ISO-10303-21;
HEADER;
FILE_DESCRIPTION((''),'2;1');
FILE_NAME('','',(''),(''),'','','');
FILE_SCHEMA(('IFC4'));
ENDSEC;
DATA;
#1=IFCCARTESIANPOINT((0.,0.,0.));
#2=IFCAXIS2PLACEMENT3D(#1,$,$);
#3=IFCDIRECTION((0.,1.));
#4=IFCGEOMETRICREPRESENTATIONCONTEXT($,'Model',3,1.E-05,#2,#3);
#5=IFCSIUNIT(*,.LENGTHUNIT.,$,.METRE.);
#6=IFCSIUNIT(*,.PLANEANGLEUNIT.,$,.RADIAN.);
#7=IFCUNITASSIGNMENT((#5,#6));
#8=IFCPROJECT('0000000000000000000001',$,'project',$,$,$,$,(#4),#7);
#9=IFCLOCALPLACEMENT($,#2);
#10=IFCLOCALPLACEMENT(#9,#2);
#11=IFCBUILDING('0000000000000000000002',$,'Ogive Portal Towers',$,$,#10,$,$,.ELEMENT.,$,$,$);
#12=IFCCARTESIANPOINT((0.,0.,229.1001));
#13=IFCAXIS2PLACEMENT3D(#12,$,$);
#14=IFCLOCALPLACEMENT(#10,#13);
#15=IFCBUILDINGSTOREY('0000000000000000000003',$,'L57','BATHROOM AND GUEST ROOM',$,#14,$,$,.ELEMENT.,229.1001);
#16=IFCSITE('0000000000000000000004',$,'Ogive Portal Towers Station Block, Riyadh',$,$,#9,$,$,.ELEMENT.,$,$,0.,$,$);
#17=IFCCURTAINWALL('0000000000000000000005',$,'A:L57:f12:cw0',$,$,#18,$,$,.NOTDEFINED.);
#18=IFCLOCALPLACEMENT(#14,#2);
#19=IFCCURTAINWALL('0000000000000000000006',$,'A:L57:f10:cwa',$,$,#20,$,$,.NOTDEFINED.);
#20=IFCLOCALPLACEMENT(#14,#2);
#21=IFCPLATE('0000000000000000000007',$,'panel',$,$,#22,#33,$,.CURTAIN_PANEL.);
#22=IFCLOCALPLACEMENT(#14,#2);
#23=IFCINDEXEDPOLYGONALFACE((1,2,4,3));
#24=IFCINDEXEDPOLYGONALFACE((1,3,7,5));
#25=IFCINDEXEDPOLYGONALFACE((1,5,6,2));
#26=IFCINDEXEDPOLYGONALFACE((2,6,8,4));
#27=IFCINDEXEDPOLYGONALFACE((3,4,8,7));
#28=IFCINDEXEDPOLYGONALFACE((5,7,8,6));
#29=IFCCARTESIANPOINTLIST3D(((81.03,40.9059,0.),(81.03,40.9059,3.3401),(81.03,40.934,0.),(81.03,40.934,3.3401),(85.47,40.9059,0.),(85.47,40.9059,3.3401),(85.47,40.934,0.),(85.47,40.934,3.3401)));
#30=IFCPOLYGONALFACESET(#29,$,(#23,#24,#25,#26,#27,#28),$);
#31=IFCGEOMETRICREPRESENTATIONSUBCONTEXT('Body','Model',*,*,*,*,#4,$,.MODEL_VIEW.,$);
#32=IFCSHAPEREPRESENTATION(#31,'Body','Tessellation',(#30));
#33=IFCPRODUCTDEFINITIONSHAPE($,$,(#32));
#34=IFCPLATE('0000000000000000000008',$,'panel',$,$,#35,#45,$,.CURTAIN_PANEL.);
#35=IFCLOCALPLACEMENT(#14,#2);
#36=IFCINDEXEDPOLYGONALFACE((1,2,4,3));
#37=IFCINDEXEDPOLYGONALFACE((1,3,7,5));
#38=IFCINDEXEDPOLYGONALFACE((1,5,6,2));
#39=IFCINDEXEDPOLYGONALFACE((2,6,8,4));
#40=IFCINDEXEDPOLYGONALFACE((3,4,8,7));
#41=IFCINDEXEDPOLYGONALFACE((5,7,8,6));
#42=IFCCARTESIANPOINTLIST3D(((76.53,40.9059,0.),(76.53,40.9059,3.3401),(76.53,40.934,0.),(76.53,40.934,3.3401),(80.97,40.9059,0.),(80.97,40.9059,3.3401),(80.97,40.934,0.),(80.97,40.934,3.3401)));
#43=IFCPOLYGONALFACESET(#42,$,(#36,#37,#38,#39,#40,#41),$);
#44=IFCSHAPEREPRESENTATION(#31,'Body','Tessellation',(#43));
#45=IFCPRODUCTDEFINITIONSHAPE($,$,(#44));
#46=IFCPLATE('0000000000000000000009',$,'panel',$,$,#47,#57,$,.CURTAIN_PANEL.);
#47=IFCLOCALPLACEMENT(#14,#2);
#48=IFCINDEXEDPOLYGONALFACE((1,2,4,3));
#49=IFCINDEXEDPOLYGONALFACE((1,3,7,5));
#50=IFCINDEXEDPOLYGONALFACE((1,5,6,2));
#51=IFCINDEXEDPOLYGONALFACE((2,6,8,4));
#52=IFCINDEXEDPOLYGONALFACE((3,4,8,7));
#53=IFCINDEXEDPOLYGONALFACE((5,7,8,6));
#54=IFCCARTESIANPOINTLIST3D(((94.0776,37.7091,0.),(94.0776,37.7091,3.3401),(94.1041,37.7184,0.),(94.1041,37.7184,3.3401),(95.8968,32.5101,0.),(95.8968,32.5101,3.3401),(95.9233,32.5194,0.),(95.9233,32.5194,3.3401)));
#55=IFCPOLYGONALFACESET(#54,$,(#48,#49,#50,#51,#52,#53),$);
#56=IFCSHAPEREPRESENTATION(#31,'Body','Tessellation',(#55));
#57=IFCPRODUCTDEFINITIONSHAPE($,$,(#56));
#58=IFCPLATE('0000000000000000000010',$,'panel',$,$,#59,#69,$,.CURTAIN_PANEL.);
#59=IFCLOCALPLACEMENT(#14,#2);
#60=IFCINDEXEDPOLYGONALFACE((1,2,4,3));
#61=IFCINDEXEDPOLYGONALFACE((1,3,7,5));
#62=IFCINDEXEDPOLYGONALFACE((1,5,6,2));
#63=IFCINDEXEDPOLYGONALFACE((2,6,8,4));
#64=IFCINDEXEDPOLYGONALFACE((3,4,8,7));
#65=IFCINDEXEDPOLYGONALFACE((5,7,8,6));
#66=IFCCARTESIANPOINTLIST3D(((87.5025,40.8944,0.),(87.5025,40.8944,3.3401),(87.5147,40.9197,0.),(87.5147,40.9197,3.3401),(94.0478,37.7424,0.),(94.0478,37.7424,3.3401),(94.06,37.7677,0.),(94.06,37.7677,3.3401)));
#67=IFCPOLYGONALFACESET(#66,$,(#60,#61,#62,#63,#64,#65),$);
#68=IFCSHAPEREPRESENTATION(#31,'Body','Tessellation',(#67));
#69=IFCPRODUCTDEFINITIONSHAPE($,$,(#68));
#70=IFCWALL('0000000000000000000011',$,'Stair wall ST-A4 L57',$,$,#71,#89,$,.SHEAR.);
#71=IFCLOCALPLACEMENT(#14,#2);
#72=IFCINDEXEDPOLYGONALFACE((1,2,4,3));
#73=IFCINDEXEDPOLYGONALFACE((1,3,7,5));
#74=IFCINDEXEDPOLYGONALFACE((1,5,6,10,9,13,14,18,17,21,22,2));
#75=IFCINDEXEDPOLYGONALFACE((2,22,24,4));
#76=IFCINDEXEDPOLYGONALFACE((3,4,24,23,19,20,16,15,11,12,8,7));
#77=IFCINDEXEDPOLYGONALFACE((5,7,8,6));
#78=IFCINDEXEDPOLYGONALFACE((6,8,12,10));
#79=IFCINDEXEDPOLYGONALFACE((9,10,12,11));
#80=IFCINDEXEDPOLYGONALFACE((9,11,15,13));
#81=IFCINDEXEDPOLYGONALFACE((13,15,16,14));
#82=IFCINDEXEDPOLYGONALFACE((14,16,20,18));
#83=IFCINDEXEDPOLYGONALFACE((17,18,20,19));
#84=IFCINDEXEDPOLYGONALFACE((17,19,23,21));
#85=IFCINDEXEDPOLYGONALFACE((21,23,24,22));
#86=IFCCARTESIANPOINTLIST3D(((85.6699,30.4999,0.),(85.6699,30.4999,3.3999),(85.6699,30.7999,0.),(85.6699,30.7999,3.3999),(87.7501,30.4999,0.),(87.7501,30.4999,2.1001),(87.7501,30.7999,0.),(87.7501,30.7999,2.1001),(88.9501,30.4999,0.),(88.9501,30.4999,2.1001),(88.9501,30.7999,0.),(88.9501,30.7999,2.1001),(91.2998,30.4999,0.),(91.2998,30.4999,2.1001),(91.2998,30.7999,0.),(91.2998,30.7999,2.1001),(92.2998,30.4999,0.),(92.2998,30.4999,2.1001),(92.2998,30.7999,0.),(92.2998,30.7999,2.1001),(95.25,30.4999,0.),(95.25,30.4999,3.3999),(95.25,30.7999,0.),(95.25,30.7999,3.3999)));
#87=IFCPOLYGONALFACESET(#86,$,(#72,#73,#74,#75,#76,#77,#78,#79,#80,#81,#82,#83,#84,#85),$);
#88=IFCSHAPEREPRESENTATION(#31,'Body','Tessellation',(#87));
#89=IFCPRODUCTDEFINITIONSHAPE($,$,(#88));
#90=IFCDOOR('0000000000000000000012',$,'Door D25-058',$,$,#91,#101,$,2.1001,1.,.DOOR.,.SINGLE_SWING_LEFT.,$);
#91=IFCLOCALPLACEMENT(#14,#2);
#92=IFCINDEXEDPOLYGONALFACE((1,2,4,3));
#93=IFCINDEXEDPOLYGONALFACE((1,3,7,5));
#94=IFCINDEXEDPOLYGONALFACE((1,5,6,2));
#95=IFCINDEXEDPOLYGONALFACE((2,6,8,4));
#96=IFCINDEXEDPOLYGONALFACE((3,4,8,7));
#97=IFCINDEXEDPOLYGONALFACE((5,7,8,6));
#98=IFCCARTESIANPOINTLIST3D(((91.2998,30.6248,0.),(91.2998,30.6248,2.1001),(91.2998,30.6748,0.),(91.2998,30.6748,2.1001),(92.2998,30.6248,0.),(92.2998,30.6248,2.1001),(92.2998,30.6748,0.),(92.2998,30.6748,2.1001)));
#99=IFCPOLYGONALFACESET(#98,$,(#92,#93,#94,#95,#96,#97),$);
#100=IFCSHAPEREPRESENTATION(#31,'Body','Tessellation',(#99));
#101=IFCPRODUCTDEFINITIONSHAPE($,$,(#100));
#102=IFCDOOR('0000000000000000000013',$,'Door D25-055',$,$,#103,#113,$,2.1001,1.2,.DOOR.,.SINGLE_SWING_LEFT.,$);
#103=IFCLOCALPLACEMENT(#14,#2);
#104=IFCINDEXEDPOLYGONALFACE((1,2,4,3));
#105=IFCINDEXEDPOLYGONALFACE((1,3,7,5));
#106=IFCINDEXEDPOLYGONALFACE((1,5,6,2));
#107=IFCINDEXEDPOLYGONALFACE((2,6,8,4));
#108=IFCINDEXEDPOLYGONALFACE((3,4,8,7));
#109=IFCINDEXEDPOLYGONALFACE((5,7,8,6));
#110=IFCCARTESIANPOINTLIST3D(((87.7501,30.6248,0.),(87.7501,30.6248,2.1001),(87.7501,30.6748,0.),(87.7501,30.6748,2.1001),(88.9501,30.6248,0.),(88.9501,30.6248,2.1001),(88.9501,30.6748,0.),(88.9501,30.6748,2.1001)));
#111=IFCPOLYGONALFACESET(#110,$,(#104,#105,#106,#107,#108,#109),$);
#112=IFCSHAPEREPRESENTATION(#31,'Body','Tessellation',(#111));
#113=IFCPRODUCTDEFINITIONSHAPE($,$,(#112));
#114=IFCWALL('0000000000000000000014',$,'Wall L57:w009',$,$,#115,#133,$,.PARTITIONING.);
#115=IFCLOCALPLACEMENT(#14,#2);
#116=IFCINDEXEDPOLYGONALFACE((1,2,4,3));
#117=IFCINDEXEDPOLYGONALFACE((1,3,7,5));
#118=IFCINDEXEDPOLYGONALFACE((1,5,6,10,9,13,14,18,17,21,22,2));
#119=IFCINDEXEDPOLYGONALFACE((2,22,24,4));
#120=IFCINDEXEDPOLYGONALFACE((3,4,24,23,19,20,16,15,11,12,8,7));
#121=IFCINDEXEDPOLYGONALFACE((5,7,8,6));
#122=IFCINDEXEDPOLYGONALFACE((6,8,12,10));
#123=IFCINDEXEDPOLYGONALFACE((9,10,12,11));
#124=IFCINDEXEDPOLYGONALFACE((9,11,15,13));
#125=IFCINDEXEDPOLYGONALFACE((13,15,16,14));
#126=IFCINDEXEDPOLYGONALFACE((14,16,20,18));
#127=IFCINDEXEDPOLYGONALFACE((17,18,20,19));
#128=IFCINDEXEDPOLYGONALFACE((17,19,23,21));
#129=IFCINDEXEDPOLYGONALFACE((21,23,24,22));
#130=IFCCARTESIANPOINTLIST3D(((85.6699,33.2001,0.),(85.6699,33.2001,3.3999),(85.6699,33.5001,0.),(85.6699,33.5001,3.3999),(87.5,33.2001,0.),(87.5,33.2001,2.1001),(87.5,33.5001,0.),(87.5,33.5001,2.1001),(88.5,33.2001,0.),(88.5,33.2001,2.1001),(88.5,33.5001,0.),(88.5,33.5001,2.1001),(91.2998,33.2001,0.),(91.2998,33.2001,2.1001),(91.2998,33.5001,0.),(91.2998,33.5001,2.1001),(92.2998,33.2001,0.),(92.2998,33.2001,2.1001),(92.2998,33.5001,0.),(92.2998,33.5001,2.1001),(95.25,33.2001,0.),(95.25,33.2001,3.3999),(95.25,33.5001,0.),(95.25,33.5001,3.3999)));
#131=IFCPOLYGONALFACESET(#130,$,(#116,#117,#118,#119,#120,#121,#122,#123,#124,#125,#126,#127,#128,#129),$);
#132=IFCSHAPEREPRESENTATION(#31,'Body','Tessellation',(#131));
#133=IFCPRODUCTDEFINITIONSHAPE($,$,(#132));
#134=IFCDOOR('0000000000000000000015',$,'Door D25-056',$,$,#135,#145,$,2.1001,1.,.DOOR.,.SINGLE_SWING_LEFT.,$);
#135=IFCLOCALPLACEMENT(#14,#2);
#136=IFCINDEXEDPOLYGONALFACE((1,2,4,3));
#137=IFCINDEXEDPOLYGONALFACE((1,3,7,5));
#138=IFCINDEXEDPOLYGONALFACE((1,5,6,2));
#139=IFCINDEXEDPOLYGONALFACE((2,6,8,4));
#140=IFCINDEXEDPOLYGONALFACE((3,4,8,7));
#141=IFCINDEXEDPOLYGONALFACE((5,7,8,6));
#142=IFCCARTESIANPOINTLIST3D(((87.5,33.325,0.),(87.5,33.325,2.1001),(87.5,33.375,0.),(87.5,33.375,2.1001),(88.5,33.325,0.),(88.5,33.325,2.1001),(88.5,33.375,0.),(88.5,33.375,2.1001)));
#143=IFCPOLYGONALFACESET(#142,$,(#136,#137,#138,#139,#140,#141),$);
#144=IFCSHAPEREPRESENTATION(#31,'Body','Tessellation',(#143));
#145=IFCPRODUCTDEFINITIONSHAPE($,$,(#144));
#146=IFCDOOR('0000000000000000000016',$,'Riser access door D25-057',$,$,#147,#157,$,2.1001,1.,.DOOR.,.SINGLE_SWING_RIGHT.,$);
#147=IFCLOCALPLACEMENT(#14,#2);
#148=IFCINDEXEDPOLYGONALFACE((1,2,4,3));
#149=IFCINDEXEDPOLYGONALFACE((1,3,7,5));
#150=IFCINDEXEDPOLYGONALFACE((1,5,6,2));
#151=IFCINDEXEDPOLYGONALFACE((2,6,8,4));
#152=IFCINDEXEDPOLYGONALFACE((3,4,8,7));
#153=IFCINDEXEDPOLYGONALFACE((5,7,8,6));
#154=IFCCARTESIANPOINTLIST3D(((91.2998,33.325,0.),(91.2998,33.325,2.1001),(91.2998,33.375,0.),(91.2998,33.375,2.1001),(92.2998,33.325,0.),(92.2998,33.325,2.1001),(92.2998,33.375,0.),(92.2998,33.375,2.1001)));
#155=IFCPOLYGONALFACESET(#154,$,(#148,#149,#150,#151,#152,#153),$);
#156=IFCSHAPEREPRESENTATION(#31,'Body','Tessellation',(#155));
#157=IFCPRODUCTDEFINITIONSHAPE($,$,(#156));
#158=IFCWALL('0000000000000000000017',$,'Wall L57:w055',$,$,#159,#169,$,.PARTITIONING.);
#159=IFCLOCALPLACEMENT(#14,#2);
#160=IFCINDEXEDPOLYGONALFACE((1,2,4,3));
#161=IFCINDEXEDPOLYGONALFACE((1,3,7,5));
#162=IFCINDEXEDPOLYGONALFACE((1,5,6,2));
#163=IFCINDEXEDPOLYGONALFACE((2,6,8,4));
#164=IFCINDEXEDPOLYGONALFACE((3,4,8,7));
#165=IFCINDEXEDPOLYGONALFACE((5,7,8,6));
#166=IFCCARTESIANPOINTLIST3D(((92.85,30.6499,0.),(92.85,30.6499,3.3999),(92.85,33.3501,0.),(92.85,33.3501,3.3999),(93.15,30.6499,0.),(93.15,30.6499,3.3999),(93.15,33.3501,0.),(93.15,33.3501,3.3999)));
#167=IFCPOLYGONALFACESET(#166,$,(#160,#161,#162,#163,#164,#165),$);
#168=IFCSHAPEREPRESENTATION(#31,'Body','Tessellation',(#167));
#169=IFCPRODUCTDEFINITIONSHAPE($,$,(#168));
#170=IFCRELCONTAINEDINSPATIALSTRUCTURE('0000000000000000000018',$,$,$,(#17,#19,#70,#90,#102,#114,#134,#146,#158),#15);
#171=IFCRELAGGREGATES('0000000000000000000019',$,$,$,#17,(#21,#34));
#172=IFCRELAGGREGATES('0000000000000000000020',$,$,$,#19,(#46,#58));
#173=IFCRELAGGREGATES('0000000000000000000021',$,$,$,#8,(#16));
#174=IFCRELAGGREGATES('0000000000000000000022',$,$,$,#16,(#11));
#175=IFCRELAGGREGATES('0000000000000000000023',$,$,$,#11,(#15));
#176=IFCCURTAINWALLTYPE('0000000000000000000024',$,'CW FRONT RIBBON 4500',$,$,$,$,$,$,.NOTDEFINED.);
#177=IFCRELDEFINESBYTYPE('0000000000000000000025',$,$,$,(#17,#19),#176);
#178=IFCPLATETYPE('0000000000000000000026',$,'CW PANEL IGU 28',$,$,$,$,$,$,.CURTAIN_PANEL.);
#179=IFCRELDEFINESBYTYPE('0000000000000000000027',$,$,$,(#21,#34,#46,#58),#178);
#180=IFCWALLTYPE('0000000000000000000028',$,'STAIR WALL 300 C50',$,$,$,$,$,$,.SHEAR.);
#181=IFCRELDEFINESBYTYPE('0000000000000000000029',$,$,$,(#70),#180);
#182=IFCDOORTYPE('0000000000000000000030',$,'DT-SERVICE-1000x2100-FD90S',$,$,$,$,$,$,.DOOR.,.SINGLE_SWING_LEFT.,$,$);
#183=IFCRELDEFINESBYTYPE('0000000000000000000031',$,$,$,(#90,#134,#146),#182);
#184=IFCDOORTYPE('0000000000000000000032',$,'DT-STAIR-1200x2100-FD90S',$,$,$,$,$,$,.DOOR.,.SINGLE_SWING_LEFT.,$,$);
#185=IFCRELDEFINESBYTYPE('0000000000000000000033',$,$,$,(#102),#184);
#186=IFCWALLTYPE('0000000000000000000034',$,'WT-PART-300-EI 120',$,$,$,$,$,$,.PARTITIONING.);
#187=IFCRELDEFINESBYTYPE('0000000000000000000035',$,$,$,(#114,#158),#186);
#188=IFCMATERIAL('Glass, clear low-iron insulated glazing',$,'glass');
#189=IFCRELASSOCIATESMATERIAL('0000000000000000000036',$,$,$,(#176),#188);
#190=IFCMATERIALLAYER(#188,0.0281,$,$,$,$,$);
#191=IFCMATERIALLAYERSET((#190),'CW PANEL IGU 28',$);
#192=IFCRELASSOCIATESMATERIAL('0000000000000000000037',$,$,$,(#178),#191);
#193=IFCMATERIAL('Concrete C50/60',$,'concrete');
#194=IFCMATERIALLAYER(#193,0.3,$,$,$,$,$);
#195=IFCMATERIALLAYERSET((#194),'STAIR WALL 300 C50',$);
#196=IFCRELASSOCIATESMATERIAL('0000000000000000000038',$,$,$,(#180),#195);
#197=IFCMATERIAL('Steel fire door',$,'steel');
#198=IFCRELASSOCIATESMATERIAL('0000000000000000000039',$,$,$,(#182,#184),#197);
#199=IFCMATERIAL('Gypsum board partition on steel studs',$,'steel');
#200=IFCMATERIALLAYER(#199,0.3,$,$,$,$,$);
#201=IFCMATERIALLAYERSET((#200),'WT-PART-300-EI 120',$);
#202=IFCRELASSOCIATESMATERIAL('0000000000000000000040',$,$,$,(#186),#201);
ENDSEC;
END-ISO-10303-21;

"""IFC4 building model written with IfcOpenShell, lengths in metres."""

from ifc_helpers import new_model, si_unit, direction, frame, frame_2d, origin, origin_2d, place, context, subcontext, project, spatial, rectangle, extrude, material, layer, layer_set, type_object, element, fill, aggregate, save


model = new_model("IFC4")

# Units and contexts
model_context = context("Model", 3, precision=1e-05, world=origin(), true_north=direction((0.0, 1.0)))
body_context = subcontext(model_context, "Body", "Model", "MODEL_VIEW")
ifc_project = project(units=[si_unit("LENGTHUNIT", "METRE"), si_unit("PLANEANGLEUNIT", "RADIAN")], contexts=[model_context])

# Site, building, storey
site_placement = place(None, origin())
site = spatial("IfcSite", under=ifc_project, at=site_placement, Name="Ogive Portal Towers Station Block, Riyadh", CompositionType="ELEMENT", RefElevation=0.0)
building_placement = place(site_placement, origin())
building = spatial("IfcBuilding", under=site, at=building_placement, Name="Ogive Portal Towers", CompositionType="ELEMENT")
storey_placement = place(building_placement, frame((0.0, 0.0, 229.1001)))
storey = spatial("IfcBuildingStorey", under=building, at=storey_placement, Name="L57", Description="BATHROOM AND GUEST ROOM", CompositionType="ELEMENT", Elevation=229.1001)

# Curtain wall
ifc_material_1 = material(Name="Glass, clear low-iron insulated glazing", Category="glass")
curtain_wall_type = type_object("IfcCurtainWallType", Name="CW FRONT RIBBON 4500", PredefinedType="NOTDEFINED", material=ifc_material_1)
curtain_wall_1_placement = place(storey_placement, origin())
curtain_wall_1 = element("IfcCurtainWall", 1, at=curtain_wall_1_placement, inside=storey, type_object=curtain_wall_type, Name="A:L57:f12:cw0", PredefinedType="NOTDEFINED")

# Curtain wall
curtain_wall_2_placement = place(storey_placement, origin())
curtain_wall_2 = element("IfcCurtainWall", 2, at=curtain_wall_2_placement, inside=storey, type_object=curtain_wall_type, Name="A:L57:f10:cwa", PredefinedType="NOTDEFINED")

# Plates
ifc_layer_1 = layer(ifc_material_1, 0.0281)
ifc_layer_set_1 = layer_set([ifc_layer_1], Name="CW PANEL IGU 28")
plate_type = type_object("IfcPlateType", Name="CW PANEL IGU 28", PredefinedType="CURTAIN_PANEL", material=ifc_layer_set_1)
plate_1_placement = place(storey_placement, frame((83.25, 40.9199, 0.0), z_axis=(0.0, 0.0, 1.0), x_axis=(-1.0, 0.0, 0.0)))
plate_1 = element("IfcPlate", 3, at=plate_1_placement, type_object=plate_type, Name="panel", PredefinedType="CURTAIN_PANEL", context=body_context, shape_type="SweptSolid", body=[
    extrude(rectangle(XDim=4.4399, YDim=0.0281, at=origin_2d()), origin(), (0.0, 0.0, 1.0), 3.3401),
])
plate_2_placement = place(storey_placement, frame((78.75, 40.9199, 0.0), z_axis=(0.0, 0.0, 1.0), x_axis=(-1.0, 0.0, 0.0)))
plate_2 = element("IfcPlate", 4, at=plate_2_placement, type_object=plate_type, Name="panel", PredefinedType="CURTAIN_PANEL", context=body_context, shape_type="SweptSolid", body=[
    extrude(rectangle(XDim=4.4399, YDim=0.0281, at=origin_2d()), origin(), (0.0, 0.0, 1.0), 3.3401),
])
aggregate(curtain_wall_1, [plate_1, plate_2])
plate_3_placement = place(storey_placement, frame((95.0005, 35.1143, 0.0), z_axis=(0.0, 0.0, 1.0), x_axis=(-0.330279, 0.943883, 0.0)))
plate_3 = element("IfcPlate", 5, at=plate_3_placement, type_object=plate_type, Name="panel", PredefinedType="CURTAIN_PANEL", context=body_context, shape_type="SweptSolid", body=[
    extrude(rectangle(XDim=5.5081, YDim=0.0281, at=origin_2d()), origin(), (0.0, 0.0, 1.0), 3.3401),
])
plate_4_placement = place(storey_placement, frame((90.7812, 39.3311, 0.0), z_axis=(0.0, 0.0, 1.0), x_axis=(-0.900969, 0.433884, 0.0)))
plate_4 = element("IfcPlate", 6, at=plate_4_placement, type_object=plate_type, Name="panel", PredefinedType="CURTAIN_PANEL", context=body_context, shape_type="SweptSolid", body=[
    extrude(rectangle(XDim=7.2646, YDim=0.0281, at=origin_2d()), origin(), (0.0, 0.0, 1.0), 3.3401),
])
aggregate(curtain_wall_2, [plate_3, plate_4])

# Walls, openings, doors
ifc_material_2 = material(Name="Concrete C50/60", Category="concrete")
ifc_layer_2 = layer(ifc_material_2, 0.3)
ifc_layer_set_2 = layer_set([ifc_layer_2], Name="STAIR WALL 300 C50")
wall_type_1 = type_object("IfcWallType", Name="STAIR WALL 300 C50", PredefinedType="SHEAR", material=ifc_layer_set_2)
wall_1_placement = place(storey_placement, frame((85.6699, 30.6499, 0.0), z_axis=(0.0, 0.0, 1.0), x_axis=(1.0, 0.0, 0.0)))
wall_1 = element("IfcWall", 7, at=wall_1_placement, inside=storey, type_object=wall_type_1, Name="Stair wall ST-A4 L57", PredefinedType="SHEAR", context=body_context, shape_type="SweptSolid", body=[
    extrude(rectangle(XDim=9.5801, YDim=0.3, at=frame_2d((4.79, 0.0))), origin(), (0.0, 0.0, 1.0), 3.3999),
])
opening_1_placement = place(wall_1_placement, frame((2.0801, 0.0, 0.0)))
opening_1 = element("IfcOpeningElement", 8, at=opening_1_placement, cuts=wall_1, PredefinedType="OPENING", context=body_context, shape_type="SweptSolid", body=[
    extrude(rectangle(XDim=1.2, YDim=2.1001, at=frame_2d((0.6001, 1.05))), frame((0.0, 0.1602, 0.0), z_axis=(0.0, -1.0, 0.0), x_axis=(1.0, 0.0, 0.0)), (0.0, 0.0, 1.0), 0.3201),
])
opening_2_placement = place(wall_1_placement, frame((5.6299, 0.0, 0.0)))
opening_2 = element("IfcOpeningElement", 9, at=opening_2_placement, cuts=wall_1, PredefinedType="OPENING", context=body_context, shape_type="SweptSolid", body=[
    extrude(rectangle(XDim=1.0, YDim=2.1001, at=frame_2d((0.5, 1.05))), frame((0.0, 0.1602, 0.0), z_axis=(0.0, -1.0, 0.0), x_axis=(1.0, 0.0, 0.0)), (0.0, 0.0, 1.0), 0.3201),
])
ifc_material_3 = material(Name="Steel fire door", Category="steel")
door_type_1 = type_object("IfcDoorType", Name="DT-SERVICE-1000x2100-FD90S", OperationType="SINGLE_SWING_LEFT", PredefinedType="DOOR", material=ifc_material_3)
door_1_placement = place(opening_2_placement, origin())
door_1 = element("IfcDoor", 10, at=door_1_placement, inside=storey, type_object=door_type_1, Name="Door D25-058", OperationType="SINGLE_SWING_LEFT", OverallHeight=2.1001, OverallWidth=1.0, PredefinedType="DOOR", context=body_context, shape_type="SweptSolid", body=[
    extrude(rectangle(XDim=1.0, YDim=2.1001, at=frame_2d((0.5, 1.05))), frame((0.0, 0.0249, 0.0), z_axis=(0.0, -1.0, 0.0), x_axis=(1.0, 0.0, 0.0)), (0.0, 0.0, 1.0), 0.05),
])
fill(opening_2, door_1)
door_type_2 = type_object("IfcDoorType", Name="DT-STAIR-1200x2100-FD90S", OperationType="SINGLE_SWING_LEFT", PredefinedType="DOOR", material=ifc_material_3)
door_2_placement = place(opening_1_placement, origin())
door_2 = element("IfcDoor", 11, at=door_2_placement, inside=storey, type_object=door_type_2, Name="Door D25-055", OperationType="SINGLE_SWING_LEFT", OverallHeight=2.1001, OverallWidth=1.2, PredefinedType="DOOR", context=body_context, shape_type="SweptSolid", body=[
    extrude(rectangle(XDim=1.2, YDim=2.1001, at=frame_2d((0.6001, 1.05))), frame((0.0, 0.0249, 0.0), z_axis=(0.0, -1.0, 0.0), x_axis=(1.0, 0.0, 0.0)), (0.0, 0.0, 1.0), 0.05),
])
fill(opening_1, door_2)
ifc_material_4 = material(Name="Gypsum board partition on steel studs", Category="steel")
ifc_layer_3 = layer(ifc_material_4, 0.3)
ifc_layer_set_3 = layer_set([ifc_layer_3], Name="WT-PART-300-EI 120")
wall_type_2 = type_object("IfcWallType", Name="WT-PART-300-EI 120", PredefinedType="PARTITIONING", material=ifc_layer_set_3)
wall_2_placement = place(storey_placement, frame((85.6699, 33.3501, 0.0), z_axis=(0.0, 0.0, 1.0), x_axis=(1.0, 0.0, 0.0)))
wall_2 = element("IfcWall", 12, at=wall_2_placement, inside=storey, type_object=wall_type_2, Name="Wall L57:w009", PredefinedType="PARTITIONING", context=body_context, shape_type="SweptSolid", body=[
    extrude(rectangle(XDim=9.5801, YDim=0.3, at=frame_2d((4.79, 0.0))), origin(), (0.0, 0.0, 1.0), 3.3999),
])
opening_3_placement = place(wall_2_placement, frame((1.8301, 0.0, 0.0)))
opening_3 = element("IfcOpeningElement", 13, at=opening_3_placement, cuts=wall_2, PredefinedType="OPENING", context=body_context, shape_type="SweptSolid", body=[
    extrude(rectangle(XDim=1.0, YDim=2.1001, at=frame_2d((0.5, 1.05))), frame((0.0, 0.1602, 0.0), z_axis=(0.0, -1.0, 0.0), x_axis=(1.0, 0.0, 0.0)), (0.0, 0.0, 1.0), 0.3201),
])
opening_4_placement = place(wall_2_placement, frame((5.6299, 0.0, 0.0)))
opening_4 = element("IfcOpeningElement", 14, at=opening_4_placement, cuts=wall_2, PredefinedType="OPENING", context=body_context, shape_type="SweptSolid", body=[
    extrude(rectangle(XDim=1.0, YDim=2.1001, at=frame_2d((0.5, 1.05))), frame((0.0, 0.1602, 0.0), z_axis=(0.0, -1.0, 0.0), x_axis=(1.0, 0.0, 0.0)), (0.0, 0.0, 1.0), 0.3201),
])
door_3_placement = place(opening_3_placement, origin())
door_3 = element("IfcDoor", 15, at=door_3_placement, inside=storey, type_object=door_type_1, Name="Door D25-056", OperationType="SINGLE_SWING_LEFT", OverallHeight=2.1001, OverallWidth=1.0, PredefinedType="DOOR", context=body_context, shape_type="SweptSolid", body=[
    extrude(rectangle(XDim=1.0, YDim=2.1001, at=frame_2d((0.5, 1.05))), frame((0.0, 0.0249, 0.0), z_axis=(0.0, -1.0, 0.0), x_axis=(1.0, 0.0, 0.0)), (0.0, 0.0, 1.0), 0.05),
])
fill(opening_3, door_3)
door_4_placement = place(opening_4_placement, origin())
door_4 = element("IfcDoor", 16, at=door_4_placement, inside=storey, type_object=door_type_1, Name="Riser access door D25-057", OperationType="SINGLE_SWING_RIGHT", OverallHeight=2.1001, OverallWidth=1.0, PredefinedType="DOOR", context=body_context, shape_type="SweptSolid", body=[
    extrude(rectangle(XDim=1.0, YDim=2.1001, at=frame_2d((0.5, 1.05))), frame((0.0, 0.0249, 0.0), z_axis=(0.0, -1.0, 0.0), x_axis=(1.0, 0.0, 0.0)), (0.0, 0.0, 1.0), 0.05),
])
fill(opening_4, door_4)

# Wall
wall_3_placement = place(storey_placement, frame((93.0, 30.6499, 0.0), z_axis=(0.0, 0.0, 1.0), x_axis=(0.0, 1.0, 0.0)))
element("IfcWall", 17, at=wall_3_placement, inside=storey, type_object=wall_type_2, Name="Wall L57:w055", PredefinedType="PARTITIONING", context=body_context, shape_type="SweptSolid", body=[
    extrude(rectangle(XDim=2.7002, YDim=0.3, at=frame_2d((1.3501, 0.0))), origin(), (0.0, 0.0, 1.0), 3.3999),
])

save(model, "model.ifc")
